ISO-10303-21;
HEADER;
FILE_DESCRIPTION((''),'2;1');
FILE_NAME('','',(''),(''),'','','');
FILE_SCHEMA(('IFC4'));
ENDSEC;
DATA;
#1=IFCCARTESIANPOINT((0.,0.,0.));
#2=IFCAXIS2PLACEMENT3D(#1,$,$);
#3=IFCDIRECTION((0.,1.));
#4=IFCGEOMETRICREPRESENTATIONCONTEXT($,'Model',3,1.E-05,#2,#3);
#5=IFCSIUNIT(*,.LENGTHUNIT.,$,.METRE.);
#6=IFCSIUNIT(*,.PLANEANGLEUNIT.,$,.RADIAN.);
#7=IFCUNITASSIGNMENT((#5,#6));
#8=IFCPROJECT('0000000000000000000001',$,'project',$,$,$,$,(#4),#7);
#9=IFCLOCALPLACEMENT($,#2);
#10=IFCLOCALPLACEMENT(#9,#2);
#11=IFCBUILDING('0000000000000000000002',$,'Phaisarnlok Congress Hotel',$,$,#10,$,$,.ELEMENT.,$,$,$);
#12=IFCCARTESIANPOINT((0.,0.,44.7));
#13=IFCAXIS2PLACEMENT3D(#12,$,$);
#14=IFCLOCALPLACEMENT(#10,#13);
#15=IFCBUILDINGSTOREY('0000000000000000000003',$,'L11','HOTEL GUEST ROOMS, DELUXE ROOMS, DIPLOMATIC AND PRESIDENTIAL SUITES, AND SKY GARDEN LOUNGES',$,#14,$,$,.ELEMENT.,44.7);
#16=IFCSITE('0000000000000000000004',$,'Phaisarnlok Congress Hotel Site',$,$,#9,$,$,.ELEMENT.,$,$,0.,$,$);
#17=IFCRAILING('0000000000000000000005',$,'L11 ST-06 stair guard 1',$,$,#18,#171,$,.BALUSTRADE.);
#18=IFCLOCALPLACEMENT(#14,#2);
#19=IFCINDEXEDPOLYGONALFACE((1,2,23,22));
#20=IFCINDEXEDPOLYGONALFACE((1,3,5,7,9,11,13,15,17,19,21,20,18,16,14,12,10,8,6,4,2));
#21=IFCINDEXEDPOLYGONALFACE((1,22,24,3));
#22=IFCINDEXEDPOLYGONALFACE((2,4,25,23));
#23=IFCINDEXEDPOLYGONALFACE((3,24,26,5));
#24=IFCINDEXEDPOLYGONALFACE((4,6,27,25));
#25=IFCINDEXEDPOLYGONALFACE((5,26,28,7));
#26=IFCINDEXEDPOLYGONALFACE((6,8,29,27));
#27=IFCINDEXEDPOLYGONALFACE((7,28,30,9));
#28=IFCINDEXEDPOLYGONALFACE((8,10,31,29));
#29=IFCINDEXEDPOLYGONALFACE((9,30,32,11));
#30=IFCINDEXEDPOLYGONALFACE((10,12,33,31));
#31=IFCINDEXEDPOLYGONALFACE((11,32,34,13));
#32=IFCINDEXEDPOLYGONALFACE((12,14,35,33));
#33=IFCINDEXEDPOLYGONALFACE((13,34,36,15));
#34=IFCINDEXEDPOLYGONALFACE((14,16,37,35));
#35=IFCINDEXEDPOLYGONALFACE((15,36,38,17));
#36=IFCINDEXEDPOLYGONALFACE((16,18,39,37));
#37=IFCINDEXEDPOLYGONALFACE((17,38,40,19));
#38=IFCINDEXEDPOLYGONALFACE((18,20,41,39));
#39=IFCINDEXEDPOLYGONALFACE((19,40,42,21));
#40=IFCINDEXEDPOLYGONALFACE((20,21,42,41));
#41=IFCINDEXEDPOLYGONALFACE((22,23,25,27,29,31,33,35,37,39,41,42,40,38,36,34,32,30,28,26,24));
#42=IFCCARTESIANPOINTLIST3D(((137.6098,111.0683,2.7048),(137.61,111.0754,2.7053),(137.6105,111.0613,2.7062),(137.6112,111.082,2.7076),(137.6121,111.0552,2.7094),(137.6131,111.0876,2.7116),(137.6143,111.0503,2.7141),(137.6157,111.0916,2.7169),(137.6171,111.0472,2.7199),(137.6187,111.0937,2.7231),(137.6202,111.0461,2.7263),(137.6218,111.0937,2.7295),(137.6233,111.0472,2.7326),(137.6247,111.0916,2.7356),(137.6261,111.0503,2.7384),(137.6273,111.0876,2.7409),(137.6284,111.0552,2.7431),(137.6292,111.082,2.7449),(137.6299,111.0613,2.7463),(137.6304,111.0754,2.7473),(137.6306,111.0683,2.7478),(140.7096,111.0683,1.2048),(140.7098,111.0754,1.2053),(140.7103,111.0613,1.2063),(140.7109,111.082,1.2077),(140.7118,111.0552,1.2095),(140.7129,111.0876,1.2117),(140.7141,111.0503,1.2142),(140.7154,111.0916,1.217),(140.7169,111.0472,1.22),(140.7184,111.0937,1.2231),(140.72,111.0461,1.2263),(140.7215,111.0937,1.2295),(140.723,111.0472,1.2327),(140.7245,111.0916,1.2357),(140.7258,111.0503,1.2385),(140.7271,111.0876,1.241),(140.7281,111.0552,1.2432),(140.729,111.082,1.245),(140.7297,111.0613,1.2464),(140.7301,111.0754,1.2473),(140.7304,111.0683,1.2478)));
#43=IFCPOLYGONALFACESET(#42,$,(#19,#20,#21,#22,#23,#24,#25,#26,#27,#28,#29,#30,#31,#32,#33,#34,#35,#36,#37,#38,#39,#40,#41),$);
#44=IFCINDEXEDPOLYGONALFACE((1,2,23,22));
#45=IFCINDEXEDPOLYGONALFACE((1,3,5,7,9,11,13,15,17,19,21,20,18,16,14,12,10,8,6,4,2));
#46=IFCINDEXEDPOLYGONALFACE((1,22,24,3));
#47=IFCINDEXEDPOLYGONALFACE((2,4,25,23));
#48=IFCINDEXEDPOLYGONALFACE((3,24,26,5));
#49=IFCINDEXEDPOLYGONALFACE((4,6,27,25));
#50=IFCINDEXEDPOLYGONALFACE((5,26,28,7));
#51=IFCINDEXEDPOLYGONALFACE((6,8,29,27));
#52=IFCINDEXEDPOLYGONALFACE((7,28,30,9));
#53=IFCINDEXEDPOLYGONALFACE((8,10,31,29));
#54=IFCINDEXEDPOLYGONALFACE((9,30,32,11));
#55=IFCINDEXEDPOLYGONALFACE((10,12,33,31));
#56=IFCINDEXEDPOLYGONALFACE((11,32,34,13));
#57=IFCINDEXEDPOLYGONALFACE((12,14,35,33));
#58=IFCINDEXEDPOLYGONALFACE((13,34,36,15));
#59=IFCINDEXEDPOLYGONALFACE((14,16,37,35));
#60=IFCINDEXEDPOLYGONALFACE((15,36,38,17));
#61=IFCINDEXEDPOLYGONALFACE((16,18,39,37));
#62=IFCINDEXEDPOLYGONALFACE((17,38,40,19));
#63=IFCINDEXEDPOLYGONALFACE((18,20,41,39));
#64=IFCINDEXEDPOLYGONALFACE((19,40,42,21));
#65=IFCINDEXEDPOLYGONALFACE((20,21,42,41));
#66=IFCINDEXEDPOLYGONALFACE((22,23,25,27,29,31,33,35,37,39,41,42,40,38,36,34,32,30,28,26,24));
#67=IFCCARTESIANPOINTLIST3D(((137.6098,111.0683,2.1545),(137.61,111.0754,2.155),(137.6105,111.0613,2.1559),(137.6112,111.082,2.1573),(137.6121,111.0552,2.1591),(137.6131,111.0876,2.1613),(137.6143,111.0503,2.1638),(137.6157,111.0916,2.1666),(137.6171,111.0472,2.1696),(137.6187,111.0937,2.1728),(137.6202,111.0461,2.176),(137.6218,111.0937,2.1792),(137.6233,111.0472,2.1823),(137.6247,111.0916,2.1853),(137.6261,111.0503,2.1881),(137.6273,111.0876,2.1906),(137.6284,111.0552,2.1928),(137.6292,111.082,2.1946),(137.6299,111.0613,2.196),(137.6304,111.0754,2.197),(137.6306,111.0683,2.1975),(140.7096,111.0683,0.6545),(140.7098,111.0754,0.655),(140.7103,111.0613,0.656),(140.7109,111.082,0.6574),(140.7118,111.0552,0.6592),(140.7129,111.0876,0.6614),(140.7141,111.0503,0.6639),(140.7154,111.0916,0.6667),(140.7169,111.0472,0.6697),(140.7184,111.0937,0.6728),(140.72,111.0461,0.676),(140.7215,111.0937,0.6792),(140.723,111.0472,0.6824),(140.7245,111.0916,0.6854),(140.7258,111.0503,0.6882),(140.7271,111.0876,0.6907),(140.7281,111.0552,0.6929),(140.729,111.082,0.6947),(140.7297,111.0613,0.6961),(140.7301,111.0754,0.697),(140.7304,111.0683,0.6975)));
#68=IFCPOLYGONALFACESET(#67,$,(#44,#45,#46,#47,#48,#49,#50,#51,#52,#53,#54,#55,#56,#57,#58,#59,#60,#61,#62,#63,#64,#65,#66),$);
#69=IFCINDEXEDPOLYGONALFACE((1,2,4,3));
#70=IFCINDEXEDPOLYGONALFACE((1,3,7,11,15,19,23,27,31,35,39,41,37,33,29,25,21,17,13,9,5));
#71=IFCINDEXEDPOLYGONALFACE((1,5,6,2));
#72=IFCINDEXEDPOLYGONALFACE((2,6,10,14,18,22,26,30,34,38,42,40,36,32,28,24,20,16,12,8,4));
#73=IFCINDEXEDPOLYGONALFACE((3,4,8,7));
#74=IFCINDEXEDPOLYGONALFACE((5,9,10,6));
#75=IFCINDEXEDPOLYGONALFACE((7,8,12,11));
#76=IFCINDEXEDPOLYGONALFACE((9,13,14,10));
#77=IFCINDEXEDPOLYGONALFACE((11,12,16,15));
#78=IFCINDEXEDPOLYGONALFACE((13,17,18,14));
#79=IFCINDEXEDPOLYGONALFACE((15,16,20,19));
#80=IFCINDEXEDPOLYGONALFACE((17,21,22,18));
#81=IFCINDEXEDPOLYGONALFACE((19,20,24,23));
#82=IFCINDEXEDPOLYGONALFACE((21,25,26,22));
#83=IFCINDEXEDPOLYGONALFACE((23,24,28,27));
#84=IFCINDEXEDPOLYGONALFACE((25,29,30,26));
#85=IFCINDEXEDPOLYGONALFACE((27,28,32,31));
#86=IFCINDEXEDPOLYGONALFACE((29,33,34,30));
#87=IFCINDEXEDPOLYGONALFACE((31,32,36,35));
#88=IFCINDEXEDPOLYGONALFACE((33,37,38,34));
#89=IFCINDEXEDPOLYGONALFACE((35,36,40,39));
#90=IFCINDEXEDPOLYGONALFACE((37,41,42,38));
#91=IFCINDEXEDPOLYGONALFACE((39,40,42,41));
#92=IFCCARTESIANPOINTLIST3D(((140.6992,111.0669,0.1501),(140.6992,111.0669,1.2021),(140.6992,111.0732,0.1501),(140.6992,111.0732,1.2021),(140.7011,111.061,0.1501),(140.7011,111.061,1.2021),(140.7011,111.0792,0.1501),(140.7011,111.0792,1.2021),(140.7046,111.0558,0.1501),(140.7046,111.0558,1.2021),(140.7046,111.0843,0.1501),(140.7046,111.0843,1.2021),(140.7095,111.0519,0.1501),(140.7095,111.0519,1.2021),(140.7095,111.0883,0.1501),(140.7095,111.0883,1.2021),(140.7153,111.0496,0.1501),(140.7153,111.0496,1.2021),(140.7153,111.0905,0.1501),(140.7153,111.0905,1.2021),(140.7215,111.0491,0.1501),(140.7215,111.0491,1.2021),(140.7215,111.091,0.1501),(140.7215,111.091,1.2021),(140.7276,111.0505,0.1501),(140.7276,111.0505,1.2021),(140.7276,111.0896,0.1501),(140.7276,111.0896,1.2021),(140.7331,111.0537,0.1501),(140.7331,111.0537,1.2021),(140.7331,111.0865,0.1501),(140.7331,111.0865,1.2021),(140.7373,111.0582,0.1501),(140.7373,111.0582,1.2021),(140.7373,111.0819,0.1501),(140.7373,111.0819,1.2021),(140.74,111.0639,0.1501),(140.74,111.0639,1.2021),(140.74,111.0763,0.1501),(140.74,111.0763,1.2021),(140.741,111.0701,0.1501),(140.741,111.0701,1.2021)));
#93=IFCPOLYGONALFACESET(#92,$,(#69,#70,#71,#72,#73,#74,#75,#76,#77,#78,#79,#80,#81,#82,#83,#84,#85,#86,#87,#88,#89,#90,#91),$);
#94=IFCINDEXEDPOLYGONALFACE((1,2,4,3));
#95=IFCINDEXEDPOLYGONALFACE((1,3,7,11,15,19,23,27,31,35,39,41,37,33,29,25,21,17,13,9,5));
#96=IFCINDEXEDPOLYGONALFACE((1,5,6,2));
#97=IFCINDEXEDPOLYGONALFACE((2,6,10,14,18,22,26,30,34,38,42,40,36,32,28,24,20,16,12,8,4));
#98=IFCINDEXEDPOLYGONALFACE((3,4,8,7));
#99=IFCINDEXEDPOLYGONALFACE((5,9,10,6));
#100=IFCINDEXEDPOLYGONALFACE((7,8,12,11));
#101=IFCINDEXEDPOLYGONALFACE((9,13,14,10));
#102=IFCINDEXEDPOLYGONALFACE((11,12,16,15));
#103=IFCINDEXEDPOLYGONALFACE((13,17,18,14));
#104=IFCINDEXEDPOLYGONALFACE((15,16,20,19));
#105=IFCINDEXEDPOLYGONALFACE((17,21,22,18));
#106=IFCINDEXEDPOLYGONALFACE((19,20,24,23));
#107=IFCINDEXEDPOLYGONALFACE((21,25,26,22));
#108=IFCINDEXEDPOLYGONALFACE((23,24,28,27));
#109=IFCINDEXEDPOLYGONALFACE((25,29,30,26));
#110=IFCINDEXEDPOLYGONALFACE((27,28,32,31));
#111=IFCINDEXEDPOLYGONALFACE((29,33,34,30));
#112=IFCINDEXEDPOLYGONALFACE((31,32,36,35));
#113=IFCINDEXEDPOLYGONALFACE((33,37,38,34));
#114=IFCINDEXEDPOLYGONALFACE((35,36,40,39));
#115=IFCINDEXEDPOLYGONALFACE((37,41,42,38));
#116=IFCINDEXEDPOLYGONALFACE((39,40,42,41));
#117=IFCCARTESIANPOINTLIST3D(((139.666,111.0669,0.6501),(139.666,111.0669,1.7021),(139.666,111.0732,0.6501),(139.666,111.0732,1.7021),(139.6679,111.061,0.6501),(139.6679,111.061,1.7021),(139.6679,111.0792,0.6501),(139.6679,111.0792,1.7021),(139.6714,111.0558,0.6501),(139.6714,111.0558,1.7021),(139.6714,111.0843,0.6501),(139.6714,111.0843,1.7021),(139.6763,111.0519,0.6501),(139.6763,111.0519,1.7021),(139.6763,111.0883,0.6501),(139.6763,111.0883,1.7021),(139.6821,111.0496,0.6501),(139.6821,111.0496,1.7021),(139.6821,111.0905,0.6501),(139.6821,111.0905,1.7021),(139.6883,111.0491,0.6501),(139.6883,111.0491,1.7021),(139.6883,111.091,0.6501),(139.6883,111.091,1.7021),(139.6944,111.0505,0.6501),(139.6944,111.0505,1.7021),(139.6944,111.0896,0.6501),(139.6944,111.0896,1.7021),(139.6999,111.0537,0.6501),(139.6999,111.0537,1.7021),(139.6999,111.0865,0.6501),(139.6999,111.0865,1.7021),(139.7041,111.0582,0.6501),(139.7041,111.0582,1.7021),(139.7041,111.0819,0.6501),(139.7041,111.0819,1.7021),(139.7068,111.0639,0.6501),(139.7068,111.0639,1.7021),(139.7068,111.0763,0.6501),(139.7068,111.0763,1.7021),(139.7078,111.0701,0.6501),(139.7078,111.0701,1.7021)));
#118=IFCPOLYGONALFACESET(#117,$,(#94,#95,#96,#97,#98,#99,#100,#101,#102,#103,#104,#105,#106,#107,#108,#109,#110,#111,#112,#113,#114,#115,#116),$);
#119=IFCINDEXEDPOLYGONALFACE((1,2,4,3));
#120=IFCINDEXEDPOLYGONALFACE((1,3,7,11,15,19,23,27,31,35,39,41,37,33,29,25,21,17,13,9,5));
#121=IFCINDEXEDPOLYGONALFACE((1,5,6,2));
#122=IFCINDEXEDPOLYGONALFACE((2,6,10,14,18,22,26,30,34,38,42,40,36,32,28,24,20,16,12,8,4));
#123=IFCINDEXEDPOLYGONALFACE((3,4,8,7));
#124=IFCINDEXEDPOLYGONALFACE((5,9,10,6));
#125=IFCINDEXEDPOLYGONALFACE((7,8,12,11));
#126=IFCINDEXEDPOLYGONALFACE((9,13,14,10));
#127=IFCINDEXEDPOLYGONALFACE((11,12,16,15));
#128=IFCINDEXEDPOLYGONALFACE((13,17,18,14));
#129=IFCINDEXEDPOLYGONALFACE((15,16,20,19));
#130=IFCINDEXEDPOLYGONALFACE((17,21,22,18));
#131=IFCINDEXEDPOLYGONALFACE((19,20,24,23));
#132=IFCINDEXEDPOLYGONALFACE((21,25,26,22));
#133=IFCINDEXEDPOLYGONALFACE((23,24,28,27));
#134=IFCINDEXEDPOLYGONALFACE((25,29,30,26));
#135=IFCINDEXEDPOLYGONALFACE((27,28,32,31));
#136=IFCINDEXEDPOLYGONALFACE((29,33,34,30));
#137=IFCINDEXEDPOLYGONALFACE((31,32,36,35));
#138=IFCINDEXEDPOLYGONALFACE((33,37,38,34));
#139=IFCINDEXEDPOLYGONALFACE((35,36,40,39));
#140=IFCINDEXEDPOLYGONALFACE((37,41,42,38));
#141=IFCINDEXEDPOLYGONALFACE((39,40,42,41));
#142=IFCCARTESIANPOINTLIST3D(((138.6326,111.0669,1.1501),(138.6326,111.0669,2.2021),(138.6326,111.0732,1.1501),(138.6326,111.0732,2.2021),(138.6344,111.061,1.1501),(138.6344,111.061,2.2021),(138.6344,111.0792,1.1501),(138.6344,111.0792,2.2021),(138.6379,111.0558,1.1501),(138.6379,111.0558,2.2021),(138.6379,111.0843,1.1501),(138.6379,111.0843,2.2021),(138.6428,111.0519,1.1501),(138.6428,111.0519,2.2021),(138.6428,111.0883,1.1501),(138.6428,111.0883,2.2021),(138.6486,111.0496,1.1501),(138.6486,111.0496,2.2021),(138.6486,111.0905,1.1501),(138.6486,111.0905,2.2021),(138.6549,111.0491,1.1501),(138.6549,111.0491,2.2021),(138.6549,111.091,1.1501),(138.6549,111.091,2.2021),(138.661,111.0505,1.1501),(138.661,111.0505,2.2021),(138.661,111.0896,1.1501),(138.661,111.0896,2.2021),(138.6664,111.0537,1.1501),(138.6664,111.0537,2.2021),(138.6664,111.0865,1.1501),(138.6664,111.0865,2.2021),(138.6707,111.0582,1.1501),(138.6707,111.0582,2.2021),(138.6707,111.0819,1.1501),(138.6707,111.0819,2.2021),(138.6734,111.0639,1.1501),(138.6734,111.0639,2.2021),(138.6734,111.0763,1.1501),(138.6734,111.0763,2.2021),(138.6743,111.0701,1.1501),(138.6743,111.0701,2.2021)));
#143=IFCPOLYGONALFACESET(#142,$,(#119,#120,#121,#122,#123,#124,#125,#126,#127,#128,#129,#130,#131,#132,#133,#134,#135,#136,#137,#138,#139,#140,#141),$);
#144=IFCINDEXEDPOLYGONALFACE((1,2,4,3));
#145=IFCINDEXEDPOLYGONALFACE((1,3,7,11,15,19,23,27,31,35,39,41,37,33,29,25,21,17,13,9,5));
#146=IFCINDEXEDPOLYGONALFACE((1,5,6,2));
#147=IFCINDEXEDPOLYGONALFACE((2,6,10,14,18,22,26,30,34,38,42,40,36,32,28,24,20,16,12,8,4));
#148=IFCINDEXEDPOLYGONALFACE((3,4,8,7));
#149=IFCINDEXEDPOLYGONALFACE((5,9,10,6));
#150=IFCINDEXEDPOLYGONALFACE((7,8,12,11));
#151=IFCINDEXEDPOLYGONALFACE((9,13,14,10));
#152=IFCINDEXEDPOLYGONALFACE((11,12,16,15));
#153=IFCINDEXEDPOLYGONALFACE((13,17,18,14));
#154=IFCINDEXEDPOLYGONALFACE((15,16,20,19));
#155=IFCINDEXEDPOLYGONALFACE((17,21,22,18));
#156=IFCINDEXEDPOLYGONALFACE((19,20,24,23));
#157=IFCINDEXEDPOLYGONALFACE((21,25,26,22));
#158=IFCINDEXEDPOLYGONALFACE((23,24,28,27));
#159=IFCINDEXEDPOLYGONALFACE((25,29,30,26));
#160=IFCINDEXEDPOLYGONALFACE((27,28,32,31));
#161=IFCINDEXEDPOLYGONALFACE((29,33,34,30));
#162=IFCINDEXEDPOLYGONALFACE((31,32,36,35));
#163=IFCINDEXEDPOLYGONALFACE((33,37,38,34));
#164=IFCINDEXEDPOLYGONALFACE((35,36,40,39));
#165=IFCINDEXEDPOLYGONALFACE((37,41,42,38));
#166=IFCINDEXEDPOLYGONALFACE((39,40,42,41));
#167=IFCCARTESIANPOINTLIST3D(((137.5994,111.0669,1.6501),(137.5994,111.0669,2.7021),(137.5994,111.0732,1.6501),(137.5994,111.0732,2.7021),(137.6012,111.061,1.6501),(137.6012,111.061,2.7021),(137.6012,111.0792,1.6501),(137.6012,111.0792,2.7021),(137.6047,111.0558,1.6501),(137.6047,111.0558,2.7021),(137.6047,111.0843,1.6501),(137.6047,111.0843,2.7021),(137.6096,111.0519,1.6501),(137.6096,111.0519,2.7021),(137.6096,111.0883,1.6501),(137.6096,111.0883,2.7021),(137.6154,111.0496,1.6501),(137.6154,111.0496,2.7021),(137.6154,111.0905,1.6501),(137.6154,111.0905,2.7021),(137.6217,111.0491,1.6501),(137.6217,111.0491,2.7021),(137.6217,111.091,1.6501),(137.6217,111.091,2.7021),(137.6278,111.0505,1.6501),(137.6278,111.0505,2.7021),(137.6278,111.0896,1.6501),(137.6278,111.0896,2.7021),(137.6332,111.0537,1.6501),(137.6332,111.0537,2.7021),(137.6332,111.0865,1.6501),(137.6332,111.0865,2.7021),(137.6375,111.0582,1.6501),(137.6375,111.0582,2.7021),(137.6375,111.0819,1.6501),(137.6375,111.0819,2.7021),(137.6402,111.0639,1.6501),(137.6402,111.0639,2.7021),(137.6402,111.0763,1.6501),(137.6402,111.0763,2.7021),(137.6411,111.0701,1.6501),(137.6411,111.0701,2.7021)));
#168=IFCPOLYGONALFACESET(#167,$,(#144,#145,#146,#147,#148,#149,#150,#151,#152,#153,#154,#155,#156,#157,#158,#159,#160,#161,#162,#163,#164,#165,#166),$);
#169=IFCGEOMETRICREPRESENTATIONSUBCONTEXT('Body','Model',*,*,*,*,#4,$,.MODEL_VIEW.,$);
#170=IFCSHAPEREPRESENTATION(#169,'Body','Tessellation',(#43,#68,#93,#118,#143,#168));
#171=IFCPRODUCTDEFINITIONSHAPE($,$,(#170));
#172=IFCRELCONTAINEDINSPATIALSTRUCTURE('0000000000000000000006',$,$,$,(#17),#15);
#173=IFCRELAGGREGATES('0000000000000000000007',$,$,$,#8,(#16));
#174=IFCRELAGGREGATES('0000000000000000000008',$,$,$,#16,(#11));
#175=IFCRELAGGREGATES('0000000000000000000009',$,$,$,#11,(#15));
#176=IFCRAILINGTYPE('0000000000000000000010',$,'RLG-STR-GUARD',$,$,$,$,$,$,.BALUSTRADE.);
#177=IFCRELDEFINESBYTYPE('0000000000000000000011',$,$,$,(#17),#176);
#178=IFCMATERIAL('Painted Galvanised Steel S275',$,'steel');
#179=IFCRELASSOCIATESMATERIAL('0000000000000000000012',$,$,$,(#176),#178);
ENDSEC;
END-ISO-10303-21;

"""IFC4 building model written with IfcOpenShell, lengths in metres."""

from ifc_helpers import new_model, si_unit, direction, frame, origin, origin_2d, place, context, subcontext, project, spatial, circle, extrude, material, type_object, element, save


model = new_model("IFC4")

# Units and contexts
model_context = context("Model", 3, precision=1e-05, world=origin(), true_north=direction((0.0, 1.0)))
body_context = subcontext(model_context, "Body", "Model", "MODEL_VIEW")
ifc_project = project(units=[si_unit("LENGTHUNIT", "METRE"), si_unit("PLANEANGLEUNIT", "RADIAN")], contexts=[model_context])

# Site, building, storey
site_placement = place(None, origin())
site = spatial("IfcSite", under=ifc_project, at=site_placement, Name="Phaisarnlok Congress Hotel Site", CompositionType="ELEMENT", RefElevation=0.0)
building_placement = place(site_placement, origin())
building = spatial("IfcBuilding", under=site, at=building_placement, Name="Phaisarnlok Congress Hotel", CompositionType="ELEMENT")
storey_placement = place(building_placement, frame((0.0, 0.0, 44.7)))
storey = spatial("IfcBuildingStorey", under=building, at=storey_placement, Name="L11", Description="HOTEL GUEST ROOMS, DELUXE ROOMS, DIPLOMATIC AND PRESIDENTIAL SUITES, AND SKY GARDEN LOUNGES", CompositionType="ELEMENT", Elevation=44.7)

# Railing
ifc_material_1 = material(Name="Painted Galvanised Steel S275", Category="steel")
railing_type_1 = type_object("IfcRailingType", Name="RLG-STR-GUARD", PredefinedType="BALUSTRADE", material=ifc_material_1)
railing_1_placement = place(storey_placement, frame((140.72, 111.0701, 0.1501)))
element("IfcRailing", 1, at=railing_1_placement, inside=storey, type_object=railing_type_1, Name="L11 ST-06 stair guard 1", PredefinedType="BALUSTRADE", context=body_context, shape_type="SweptSolid", body=[
    extrude(circle(Radius=0.0239, at=origin_2d()), frame((0.0, 0.0, 1.0762), z_axis=(-0.900151, 0.0, 0.435578), x_axis=(0.0, -1.0, 0.0)), (0.0, 0.0, 1.0), 3.4436),
    extrude(circle(Radius=0.0239, at=origin_2d()), frame((0.0, 0.0, 0.5259), z_axis=(-0.900151, 0.0, 0.435578), x_axis=(0.0, -1.0, 0.0)), (0.0, 0.0, 1.0), 3.4436),
    extrude(circle(Radius=0.021, at=origin_2d()), origin(), (0.0, 0.0, 1.0), 1.052),
    extrude(circle(Radius=0.021, at=origin_2d()), frame((-1.0332, 0.0, 0.5)), (0.0, 0.0, 1.0), 1.052),
    extrude(circle(Radius=0.021, at=origin_2d()), frame((-2.0667, 0.0, 1.0)), (0.0, 0.0, 1.0), 1.052),
    extrude(circle(Radius=0.021, at=origin_2d()), frame((-3.0999, 0.0, 1.5)), (0.0, 0.0, 1.0), 1.052),
])

save(model, "model.ifc")
